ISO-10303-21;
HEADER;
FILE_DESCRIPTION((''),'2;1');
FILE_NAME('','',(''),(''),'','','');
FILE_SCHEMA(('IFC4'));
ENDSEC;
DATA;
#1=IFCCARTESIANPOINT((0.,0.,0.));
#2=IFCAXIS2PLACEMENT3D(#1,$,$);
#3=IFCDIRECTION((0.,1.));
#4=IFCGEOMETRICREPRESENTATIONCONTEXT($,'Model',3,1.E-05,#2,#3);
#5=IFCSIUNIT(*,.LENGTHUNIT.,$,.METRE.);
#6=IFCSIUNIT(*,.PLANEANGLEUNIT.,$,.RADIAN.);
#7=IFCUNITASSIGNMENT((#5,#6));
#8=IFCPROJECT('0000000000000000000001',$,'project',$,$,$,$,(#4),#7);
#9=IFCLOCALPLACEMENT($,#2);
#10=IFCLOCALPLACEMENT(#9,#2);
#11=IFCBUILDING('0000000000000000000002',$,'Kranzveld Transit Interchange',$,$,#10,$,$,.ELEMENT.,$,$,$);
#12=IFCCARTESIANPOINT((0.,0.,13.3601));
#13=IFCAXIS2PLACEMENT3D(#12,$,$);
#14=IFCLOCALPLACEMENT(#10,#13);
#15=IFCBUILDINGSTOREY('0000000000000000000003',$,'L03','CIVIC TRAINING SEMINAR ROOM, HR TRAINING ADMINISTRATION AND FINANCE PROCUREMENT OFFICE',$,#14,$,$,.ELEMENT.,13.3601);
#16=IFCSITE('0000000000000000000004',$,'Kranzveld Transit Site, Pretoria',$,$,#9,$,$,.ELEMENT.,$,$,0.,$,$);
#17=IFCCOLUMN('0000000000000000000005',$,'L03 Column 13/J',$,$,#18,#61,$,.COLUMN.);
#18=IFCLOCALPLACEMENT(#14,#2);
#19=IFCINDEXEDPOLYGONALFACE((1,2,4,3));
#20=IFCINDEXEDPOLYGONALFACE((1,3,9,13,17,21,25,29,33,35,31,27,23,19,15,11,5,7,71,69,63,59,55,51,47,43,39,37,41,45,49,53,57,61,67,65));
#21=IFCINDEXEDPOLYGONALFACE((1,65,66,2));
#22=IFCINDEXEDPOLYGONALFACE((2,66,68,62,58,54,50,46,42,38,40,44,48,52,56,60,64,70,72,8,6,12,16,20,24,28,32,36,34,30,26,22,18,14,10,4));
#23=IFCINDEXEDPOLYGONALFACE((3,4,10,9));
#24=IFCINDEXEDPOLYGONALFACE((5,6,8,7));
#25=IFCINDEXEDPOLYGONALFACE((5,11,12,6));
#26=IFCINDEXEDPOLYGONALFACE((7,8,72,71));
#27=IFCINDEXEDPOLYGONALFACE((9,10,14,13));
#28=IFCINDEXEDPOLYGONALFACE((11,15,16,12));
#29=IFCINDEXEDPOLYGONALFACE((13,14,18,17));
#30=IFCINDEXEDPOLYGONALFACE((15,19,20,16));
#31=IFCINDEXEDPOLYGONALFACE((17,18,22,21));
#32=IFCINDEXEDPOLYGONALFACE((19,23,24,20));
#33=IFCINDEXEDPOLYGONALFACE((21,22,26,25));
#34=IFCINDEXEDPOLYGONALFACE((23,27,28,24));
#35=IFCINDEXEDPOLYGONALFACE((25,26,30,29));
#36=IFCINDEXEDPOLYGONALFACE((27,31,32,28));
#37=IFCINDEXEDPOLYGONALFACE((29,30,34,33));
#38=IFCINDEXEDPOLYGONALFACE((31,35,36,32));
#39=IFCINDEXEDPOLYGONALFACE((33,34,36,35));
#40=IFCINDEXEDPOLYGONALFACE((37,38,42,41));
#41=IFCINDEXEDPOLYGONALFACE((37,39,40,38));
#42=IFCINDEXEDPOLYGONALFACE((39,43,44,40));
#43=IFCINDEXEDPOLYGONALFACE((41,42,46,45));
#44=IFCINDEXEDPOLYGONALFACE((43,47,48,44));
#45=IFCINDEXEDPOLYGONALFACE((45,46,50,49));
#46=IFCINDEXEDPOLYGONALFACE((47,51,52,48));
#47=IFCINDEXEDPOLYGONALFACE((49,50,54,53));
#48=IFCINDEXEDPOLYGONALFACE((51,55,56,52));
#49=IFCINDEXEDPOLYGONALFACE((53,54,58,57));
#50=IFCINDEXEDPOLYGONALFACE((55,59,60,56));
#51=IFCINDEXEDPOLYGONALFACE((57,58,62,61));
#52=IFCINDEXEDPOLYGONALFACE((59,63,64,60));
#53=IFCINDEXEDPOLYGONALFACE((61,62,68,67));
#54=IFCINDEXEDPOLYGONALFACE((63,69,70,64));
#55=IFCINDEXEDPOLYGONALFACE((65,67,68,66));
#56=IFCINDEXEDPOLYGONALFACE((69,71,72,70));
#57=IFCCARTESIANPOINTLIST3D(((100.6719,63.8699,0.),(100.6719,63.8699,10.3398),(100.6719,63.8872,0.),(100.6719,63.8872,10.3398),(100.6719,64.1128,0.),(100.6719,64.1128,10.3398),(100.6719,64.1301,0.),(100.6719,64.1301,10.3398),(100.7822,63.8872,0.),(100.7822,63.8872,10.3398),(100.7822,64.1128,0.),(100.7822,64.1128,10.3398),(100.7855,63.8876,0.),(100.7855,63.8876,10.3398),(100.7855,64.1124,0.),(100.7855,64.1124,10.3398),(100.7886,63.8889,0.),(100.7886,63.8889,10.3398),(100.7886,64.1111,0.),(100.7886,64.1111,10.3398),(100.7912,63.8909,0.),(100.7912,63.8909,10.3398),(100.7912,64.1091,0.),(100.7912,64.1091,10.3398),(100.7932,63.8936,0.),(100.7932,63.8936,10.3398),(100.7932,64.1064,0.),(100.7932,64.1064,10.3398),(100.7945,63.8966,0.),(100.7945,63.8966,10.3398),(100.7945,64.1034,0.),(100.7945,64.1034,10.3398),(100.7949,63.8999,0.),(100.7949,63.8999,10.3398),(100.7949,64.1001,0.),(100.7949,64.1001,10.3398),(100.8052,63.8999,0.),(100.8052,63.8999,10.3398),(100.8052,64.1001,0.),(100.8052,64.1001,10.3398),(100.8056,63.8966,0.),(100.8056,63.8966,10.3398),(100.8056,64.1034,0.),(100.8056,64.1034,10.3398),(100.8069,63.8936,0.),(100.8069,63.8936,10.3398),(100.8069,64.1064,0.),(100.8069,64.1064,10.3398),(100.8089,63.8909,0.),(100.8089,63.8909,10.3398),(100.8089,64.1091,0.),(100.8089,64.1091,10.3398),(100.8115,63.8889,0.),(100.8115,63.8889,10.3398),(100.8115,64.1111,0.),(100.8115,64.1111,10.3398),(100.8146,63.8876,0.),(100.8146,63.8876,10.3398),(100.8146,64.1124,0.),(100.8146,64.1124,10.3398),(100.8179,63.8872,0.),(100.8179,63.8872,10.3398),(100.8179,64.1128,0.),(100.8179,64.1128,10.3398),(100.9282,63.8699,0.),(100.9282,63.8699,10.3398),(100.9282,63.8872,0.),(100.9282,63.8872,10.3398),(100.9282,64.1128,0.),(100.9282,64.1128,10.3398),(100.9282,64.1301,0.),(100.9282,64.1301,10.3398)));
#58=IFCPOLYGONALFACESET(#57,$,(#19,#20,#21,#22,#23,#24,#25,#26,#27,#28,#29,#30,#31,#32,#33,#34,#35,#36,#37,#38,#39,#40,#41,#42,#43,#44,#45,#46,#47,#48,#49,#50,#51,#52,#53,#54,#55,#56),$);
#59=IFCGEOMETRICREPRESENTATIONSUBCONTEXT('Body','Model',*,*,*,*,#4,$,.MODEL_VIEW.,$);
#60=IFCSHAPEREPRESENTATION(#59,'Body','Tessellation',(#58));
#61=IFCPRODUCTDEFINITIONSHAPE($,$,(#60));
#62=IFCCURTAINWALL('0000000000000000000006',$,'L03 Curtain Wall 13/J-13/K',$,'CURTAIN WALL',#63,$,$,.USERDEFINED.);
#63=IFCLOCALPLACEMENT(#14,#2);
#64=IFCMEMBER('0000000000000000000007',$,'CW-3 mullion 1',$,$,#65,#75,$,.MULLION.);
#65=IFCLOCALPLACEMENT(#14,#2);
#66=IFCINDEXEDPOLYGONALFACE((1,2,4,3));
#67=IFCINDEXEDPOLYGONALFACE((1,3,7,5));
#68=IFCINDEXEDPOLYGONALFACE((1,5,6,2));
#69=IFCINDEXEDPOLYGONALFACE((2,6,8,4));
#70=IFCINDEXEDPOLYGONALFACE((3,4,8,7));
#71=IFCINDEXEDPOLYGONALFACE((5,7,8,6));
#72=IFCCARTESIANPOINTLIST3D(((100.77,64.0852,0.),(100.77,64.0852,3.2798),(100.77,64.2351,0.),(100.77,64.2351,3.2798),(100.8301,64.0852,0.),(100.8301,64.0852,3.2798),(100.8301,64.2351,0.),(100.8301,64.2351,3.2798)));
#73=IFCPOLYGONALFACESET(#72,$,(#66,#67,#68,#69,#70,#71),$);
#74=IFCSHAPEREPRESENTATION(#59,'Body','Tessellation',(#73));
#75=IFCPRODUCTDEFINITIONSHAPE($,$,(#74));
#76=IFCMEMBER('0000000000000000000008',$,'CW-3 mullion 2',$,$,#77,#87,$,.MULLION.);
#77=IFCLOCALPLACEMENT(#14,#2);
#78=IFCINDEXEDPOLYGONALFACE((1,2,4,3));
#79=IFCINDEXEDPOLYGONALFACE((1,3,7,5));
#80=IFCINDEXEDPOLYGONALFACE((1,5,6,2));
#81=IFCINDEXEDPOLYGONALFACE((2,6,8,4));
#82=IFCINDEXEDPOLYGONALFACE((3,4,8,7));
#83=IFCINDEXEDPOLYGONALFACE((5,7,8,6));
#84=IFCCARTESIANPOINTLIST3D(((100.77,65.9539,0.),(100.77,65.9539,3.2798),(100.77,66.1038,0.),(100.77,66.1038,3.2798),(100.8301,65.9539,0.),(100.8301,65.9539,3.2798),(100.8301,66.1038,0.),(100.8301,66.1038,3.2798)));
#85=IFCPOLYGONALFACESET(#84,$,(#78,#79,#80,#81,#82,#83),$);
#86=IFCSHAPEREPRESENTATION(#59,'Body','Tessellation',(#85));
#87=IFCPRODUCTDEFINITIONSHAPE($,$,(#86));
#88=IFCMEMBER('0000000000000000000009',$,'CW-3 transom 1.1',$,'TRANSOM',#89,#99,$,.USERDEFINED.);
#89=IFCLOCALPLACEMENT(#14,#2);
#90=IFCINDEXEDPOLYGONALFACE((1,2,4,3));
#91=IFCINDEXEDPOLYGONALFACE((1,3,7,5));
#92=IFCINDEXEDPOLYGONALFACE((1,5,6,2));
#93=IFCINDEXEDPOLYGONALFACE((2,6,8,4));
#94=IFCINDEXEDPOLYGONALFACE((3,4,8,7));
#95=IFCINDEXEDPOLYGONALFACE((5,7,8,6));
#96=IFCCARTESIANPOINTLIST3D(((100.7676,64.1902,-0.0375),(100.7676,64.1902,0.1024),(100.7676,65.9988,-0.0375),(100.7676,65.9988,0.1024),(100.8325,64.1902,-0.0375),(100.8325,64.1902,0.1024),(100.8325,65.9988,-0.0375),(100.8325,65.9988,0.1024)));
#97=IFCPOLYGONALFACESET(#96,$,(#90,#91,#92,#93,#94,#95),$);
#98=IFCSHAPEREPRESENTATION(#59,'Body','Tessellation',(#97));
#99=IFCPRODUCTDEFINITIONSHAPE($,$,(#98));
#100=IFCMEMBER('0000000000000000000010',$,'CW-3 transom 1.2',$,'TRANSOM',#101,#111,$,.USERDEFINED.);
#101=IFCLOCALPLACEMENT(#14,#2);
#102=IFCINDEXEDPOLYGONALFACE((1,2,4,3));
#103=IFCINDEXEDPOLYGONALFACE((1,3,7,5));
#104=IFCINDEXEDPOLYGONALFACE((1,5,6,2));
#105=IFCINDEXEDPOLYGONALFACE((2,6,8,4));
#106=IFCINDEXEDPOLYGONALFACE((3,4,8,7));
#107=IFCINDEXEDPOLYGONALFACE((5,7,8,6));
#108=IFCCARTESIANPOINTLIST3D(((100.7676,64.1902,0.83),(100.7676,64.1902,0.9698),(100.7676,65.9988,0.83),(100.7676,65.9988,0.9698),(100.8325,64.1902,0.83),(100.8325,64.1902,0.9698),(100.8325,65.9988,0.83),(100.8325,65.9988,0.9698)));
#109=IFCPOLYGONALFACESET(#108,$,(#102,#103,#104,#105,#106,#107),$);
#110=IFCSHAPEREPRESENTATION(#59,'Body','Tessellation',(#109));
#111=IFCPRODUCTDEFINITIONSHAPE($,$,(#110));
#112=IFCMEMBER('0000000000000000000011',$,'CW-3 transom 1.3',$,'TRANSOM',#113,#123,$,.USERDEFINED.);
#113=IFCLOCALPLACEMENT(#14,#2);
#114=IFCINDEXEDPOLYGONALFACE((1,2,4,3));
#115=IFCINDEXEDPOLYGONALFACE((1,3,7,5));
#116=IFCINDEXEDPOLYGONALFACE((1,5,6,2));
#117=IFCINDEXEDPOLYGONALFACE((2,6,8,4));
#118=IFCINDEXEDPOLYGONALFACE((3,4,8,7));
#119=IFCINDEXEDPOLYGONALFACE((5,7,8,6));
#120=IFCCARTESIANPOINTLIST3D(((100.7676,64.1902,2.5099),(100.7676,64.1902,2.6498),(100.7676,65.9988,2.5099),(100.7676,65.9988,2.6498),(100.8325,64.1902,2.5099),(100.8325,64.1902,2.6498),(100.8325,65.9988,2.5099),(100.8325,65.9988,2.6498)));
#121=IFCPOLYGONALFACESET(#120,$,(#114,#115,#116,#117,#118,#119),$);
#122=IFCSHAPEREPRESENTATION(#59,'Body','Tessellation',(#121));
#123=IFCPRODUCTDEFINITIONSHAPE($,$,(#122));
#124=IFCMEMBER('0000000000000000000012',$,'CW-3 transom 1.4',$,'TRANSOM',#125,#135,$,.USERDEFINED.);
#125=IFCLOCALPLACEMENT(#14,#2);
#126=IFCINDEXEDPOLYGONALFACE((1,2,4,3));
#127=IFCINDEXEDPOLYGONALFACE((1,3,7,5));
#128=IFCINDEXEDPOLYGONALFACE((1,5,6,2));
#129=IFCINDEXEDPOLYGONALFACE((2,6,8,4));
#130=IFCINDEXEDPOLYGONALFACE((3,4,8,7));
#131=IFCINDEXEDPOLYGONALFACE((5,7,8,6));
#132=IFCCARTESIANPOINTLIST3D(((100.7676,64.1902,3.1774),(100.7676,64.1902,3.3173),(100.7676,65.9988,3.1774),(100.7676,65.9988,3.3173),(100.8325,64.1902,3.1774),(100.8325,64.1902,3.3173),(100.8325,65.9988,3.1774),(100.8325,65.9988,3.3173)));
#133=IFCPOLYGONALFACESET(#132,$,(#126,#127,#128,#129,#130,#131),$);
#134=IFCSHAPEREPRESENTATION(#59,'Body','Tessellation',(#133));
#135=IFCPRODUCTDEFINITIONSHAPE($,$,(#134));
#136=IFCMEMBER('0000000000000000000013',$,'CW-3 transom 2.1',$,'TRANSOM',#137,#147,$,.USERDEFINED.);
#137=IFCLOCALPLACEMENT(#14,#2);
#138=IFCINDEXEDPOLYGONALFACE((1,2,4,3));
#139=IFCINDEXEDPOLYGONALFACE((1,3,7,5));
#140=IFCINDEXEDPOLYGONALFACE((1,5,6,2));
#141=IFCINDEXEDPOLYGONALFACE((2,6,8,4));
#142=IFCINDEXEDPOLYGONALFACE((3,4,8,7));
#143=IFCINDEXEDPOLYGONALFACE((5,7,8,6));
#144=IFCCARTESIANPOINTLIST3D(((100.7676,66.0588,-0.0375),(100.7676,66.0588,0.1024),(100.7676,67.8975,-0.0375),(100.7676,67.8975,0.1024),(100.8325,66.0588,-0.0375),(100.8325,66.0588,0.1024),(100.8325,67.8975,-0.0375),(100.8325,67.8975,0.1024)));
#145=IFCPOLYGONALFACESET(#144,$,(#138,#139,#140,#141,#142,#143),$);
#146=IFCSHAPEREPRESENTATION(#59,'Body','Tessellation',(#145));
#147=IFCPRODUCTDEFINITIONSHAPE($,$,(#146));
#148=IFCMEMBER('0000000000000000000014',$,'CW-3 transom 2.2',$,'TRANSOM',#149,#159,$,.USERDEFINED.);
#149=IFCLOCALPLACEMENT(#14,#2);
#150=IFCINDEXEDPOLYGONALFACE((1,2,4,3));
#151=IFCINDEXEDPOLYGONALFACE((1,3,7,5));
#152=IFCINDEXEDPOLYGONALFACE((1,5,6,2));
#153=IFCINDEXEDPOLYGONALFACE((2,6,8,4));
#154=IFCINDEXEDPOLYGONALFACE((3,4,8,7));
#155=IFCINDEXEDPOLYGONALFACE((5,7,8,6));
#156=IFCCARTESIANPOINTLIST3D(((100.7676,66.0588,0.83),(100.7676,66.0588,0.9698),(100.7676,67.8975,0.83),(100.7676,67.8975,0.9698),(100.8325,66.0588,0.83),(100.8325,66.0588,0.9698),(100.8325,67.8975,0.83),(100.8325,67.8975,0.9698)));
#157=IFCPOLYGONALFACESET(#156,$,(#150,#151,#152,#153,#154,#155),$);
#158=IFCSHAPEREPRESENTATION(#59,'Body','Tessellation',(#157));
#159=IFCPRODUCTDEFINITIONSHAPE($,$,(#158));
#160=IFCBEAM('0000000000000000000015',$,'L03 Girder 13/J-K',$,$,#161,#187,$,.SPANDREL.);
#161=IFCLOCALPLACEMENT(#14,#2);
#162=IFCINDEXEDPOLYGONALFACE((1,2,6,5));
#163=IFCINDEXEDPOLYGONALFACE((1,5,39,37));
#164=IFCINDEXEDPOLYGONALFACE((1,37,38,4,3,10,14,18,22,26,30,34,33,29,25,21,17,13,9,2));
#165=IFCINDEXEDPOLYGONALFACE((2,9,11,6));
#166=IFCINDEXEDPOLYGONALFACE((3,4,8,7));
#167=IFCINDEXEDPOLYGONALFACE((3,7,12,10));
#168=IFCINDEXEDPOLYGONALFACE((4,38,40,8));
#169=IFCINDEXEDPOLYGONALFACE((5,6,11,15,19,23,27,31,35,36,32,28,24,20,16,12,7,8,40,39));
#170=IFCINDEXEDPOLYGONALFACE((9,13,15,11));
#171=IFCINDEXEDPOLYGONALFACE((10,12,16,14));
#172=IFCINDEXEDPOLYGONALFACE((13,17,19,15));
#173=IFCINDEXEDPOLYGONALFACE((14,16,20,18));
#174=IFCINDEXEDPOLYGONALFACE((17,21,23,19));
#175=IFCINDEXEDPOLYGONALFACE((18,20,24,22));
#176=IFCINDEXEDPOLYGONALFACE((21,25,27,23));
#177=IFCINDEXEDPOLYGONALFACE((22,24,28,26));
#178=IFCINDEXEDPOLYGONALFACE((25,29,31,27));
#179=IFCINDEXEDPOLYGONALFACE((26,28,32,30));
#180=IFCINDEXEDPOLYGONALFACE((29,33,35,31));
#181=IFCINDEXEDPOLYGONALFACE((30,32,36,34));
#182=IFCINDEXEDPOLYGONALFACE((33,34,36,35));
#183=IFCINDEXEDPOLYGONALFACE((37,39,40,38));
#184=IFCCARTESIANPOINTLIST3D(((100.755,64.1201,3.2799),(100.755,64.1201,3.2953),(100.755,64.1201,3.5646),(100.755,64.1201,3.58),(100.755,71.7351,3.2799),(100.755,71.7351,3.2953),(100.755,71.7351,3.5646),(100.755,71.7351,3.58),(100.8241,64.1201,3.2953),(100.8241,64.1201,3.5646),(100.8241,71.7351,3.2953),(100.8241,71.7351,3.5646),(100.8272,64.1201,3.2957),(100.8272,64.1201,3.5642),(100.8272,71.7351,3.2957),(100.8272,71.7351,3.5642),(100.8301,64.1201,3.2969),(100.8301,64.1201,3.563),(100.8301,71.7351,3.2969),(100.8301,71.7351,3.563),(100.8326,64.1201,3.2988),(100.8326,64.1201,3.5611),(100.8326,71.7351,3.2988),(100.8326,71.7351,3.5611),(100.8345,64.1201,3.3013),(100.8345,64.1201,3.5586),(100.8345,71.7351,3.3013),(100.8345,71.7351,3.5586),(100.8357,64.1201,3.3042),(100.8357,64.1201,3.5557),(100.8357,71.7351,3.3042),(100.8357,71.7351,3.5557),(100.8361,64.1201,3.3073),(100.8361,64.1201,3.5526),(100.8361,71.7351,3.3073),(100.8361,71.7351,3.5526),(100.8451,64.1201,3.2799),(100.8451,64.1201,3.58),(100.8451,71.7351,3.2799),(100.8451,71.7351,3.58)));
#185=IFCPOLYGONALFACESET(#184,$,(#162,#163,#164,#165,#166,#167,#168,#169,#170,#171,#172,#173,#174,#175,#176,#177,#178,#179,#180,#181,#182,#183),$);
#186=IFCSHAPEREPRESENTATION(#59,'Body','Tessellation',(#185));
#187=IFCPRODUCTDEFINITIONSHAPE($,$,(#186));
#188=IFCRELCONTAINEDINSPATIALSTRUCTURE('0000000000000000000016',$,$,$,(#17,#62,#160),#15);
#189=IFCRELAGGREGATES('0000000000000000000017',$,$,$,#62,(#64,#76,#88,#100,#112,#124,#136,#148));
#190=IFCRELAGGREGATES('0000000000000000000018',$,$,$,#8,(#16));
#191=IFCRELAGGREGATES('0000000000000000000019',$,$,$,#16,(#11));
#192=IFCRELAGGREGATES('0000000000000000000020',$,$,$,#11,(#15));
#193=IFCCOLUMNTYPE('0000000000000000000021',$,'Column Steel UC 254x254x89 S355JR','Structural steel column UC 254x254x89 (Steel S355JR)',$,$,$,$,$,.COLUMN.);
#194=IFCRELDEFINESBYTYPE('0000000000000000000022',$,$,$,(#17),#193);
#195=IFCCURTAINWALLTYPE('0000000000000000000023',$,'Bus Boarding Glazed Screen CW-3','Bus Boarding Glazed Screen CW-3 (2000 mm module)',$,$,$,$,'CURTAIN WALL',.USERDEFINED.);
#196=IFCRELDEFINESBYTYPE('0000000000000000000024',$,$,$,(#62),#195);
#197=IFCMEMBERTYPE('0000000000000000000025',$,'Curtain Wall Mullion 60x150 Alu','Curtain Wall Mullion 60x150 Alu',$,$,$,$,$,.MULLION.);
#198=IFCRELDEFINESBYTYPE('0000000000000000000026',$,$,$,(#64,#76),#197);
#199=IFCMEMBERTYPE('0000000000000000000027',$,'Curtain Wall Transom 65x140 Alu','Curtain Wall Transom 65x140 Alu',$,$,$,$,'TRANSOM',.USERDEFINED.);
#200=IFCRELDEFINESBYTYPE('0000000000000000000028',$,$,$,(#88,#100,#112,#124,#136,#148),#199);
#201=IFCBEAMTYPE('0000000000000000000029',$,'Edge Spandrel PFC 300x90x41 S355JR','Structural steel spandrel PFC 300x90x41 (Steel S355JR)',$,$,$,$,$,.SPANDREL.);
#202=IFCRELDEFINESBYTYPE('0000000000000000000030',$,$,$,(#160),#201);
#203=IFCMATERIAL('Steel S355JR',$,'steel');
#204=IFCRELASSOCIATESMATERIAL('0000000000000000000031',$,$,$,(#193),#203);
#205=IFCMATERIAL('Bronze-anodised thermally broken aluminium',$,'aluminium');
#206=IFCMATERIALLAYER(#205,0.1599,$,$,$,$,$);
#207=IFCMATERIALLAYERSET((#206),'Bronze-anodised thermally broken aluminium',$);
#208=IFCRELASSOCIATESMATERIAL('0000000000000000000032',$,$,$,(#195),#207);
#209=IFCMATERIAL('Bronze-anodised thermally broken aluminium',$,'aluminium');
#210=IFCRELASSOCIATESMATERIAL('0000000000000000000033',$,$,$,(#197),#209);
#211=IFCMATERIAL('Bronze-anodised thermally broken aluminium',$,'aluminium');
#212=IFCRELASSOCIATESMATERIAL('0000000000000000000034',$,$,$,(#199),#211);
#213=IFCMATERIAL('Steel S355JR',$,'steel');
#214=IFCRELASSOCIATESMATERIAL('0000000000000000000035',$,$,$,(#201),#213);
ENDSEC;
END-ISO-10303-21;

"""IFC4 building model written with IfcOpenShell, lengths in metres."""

from ifc_helpers import new_model, si_unit, direction, frame, origin, origin_2d, place, context, subcontext, project, spatial, rectangle, i_section, u_section, extrude, material, layer, layer_set, material_profile, profile_set, type_object, element, aggregate, save


model = new_model("IFC4")

# Units and contexts
model_context = context("Model", 3, precision=1e-05, world=origin(), true_north=direction((0.0, 1.0)))
body_context = subcontext(model_context, "Body", "Model", "MODEL_VIEW")
ifc_project = project(units=[si_unit("LENGTHUNIT", "METRE"), si_unit("PLANEANGLEUNIT", "RADIAN")], contexts=[model_context])

# Site, building, storey
site_placement = place(None, origin())
site = spatial("IfcSite", under=ifc_project, at=site_placement, Name="Kranzveld Transit Site, Pretoria", CompositionType="ELEMENT", RefElevation=0.0)
building_placement = place(site_placement, origin())
building = spatial("IfcBuilding", under=site, at=building_placement, Name="Kranzveld Transit Interchange", CompositionType="ELEMENT")
storey_placement = place(building_placement, frame((0.0, 0.0, 13.3601)))
storey = spatial("IfcBuildingStorey", under=building, at=storey_placement, Name="L03", Description="CIVIC TRAINING SEMINAR ROOM, HR TRAINING ADMINISTRATION AND FINANCE PROCUREMENT OFFICE", CompositionType="ELEMENT", Elevation=13.3601)

# Column
ifc_material_1 = material(Name="Steel S355JR", Category="steel")
ifc_material_profile_1 = material_profile(ifc_material_1, i_section(OverallWidth=0.2563, OverallDepth=0.2603, WebThickness=0.0103, FlangeThickness=0.0173, FilletRadius=0.0127, at=origin_2d()), Name="UC 254x254x89")
ifc_profile_set_1 = profile_set([ifc_material_profile_1], Name="Steel S355JR")
column_type = type_object("IfcColumnType", Name="Column Steel UC 254x254x89 S355JR", Description="Structural steel column UC 254x254x89 (Steel S355JR)", PredefinedType="COLUMN", material=ifc_profile_set_1)
column_placement = place(storey_placement, frame((100.8, 64.0, 0.0), z_axis=(0.0, 0.0, 1.0), x_axis=(1.0, 0.0, 0.0)))
element("IfcColumn", 1, at=column_placement, inside=storey, type_object=column_type, Name="L03 Column 13/J", PredefinedType="COLUMN", context=body_context, shape_type="SweptSolid", body=[
    extrude(i_section(OverallWidth=0.2563, OverallDepth=0.2603, WebThickness=0.0103, FlangeThickness=0.0173, FilletRadius=0.0127, at=origin_2d()), origin(), (0.0, 0.0, 1.0), 10.3398),
])

# Curtain wall, members
ifc_material_2 = material(Name="Bronze-anodised thermally broken aluminium", Category="aluminium")
ifc_layer_1 = layer(ifc_material_2, 0.1599)
ifc_layer_set_1 = layer_set([ifc_layer_1], Name="Bronze-anodised thermally broken aluminium")
curtain_wall_type = type_object("IfcCurtainWallType", Name="Bus Boarding Glazed Screen CW-3", Description="Bus Boarding Glazed Screen CW-3 (2000 mm module)", ElementType="CURTAIN WALL", PredefinedType="USERDEFINED", material=ifc_layer_set_1)
curtain_wall_placement = place(storey_placement, origin())
curtain_wall = element("IfcCurtainWall", 2, at=curtain_wall_placement, inside=storey, type_object=curtain_wall_type, Name="L03 Curtain Wall 13/J-13/K", ObjectType="CURTAIN WALL", PredefinedType="USERDEFINED")
ifc_material_3 = material(Name="Bronze-anodised thermally broken aluminium", Category="aluminium")
ifc_material_profile_2 = material_profile(ifc_material_3, rectangle(XDim=0.0601, YDim=0.1499, at=origin_2d()), Name="ALU MULLION 60x150")
ifc_profile_set_2 = profile_set([ifc_material_profile_2], Name="Bronze-anodised thermally broken aluminium")
member_type_1 = type_object("IfcMemberType", Name="Curtain Wall Mullion 60x150 Alu", Description="Curtain Wall Mullion 60x150 Alu", PredefinedType="MULLION", material=ifc_profile_set_2)
member_1_placement = place(storey_placement, frame((100.8, 64.1602, 0.0), z_axis=(0.0, 0.0, 1.0), x_axis=(-1.0, 0.0, 0.0)))
member_1 = element("IfcMember", 3, at=member_1_placement, type_object=member_type_1, Name="CW-3 mullion 1", PredefinedType="MULLION", context=body_context, shape_type="SweptSolid", body=[
    extrude(rectangle(XDim=0.0601, YDim=0.1499, at=origin_2d()), origin(), (0.0, 0.0, 1.0), 3.2798),
])
member_2_placement = place(storey_placement, frame((100.8, 66.0288, 0.0), z_axis=(0.0, 0.0, 1.0), x_axis=(-1.0, 0.0, 0.0)))
member_2 = element("IfcMember", 4, at=member_2_placement, type_object=member_type_1, Name="CW-3 mullion 2", PredefinedType="MULLION", context=body_context, shape_type="SweptSolid", body=[
    extrude(rectangle(XDim=0.0601, YDim=0.1499, at=origin_2d()), origin(), (0.0, 0.0, 1.0), 3.2798),
])
ifc_material_4 = material(Name="Bronze-anodised thermally broken aluminium", Category="aluminium")
ifc_material_profile_3 = material_profile(ifc_material_4, rectangle(XDim=0.0649, YDim=0.1399, at=origin_2d()), Name="ALU TRANSOM 65x140")
ifc_profile_set_3 = profile_set([ifc_material_profile_3], Name="Bronze-anodised thermally broken aluminium")
member_type_2 = type_object("IfcMemberType", Name="Curtain Wall Transom 65x140 Alu", Description="Curtain Wall Transom 65x140 Alu", ElementType="TRANSOM", PredefinedType="USERDEFINED", material=ifc_profile_set_3)
member_3_placement = place(storey_placement, frame((100.8, 64.1902, 0.0325), z_axis=(0.0, 1.0, 0.0), x_axis=(-1.0, 0.0, 0.0)))
member_3 = element("IfcMember", 5, at=member_3_placement, type_object=member_type_2, Name="CW-3 transom 1.1", ObjectType="TRANSOM", PredefinedType="USERDEFINED", context=body_context, shape_type="SweptSolid", body=[
    extrude(rectangle(XDim=0.0649, YDim=0.1399, at=origin_2d()), origin(), (0.0, 0.0, 1.0), 1.8086),
])
member_4_placement = place(storey_placement, frame((100.8, 64.1902, 0.8999), z_axis=(0.0, 1.0, 0.0), x_axis=(-1.0, 0.0, 0.0)))
member_4 = element("IfcMember", 6, at=member_4_placement, type_object=member_type_2, Name="CW-3 transom 1.2", ObjectType="TRANSOM", PredefinedType="USERDEFINED", context=body_context, shape_type="SweptSolid", body=[
    extrude(rectangle(XDim=0.0649, YDim=0.1399, at=origin_2d()), origin(), (0.0, 0.0, 1.0), 1.8086),
])
member_5_placement = place(storey_placement, frame((100.8, 64.1902, 2.5798), z_axis=(0.0, 1.0, 0.0), x_axis=(-1.0, 0.0, 0.0)))
member_5 = element("IfcMember", 7, at=member_5_placement, type_object=member_type_2, Name="CW-3 transom 1.3", ObjectType="TRANSOM", PredefinedType="USERDEFINED", context=body_context, shape_type="SweptSolid", body=[
    extrude(rectangle(XDim=0.0649, YDim=0.1399, at=origin_2d()), origin(), (0.0, 0.0, 1.0), 1.8086),
])
member_6_placement = place(storey_placement, frame((100.8, 64.1902, 3.2473), z_axis=(0.0, 1.0, 0.0), x_axis=(-1.0, 0.0, 0.0)))
member_6 = element("IfcMember", 8, at=member_6_placement, type_object=member_type_2, Name="CW-3 transom 1.4", ObjectType="TRANSOM", PredefinedType="USERDEFINED", context=body_context, shape_type="SweptSolid", body=[
    extrude(rectangle(XDim=0.0649, YDim=0.1399, at=origin_2d()), origin(), (0.0, 0.0, 1.0), 1.8086),
])
member_7_placement = place(storey_placement, frame((100.8, 66.0588, 0.0325), z_axis=(0.0, 1.0, 0.0), x_axis=(-1.0, 0.0, 0.0)))
member_7 = element("IfcMember", 9, at=member_7_placement, type_object=member_type_2, Name="CW-3 transom 2.1", ObjectType="TRANSOM", PredefinedType="USERDEFINED", context=body_context, shape_type="SweptSolid", body=[
    extrude(rectangle(XDim=0.0649, YDim=0.1399, at=origin_2d()), origin(), (0.0, 0.0, 1.0), 1.8386),
])
member_8_placement = place(storey_placement, frame((100.8, 66.0588, 0.8999), z_axis=(0.0, 1.0, 0.0), x_axis=(-1.0, 0.0, 0.0)))
member_8 = element("IfcMember", 10, at=member_8_placement, type_object=member_type_2, Name="CW-3 transom 2.2", ObjectType="TRANSOM", PredefinedType="USERDEFINED", context=body_context, shape_type="SweptSolid", body=[
    extrude(rectangle(XDim=0.0649, YDim=0.1399, at=origin_2d()), origin(), (0.0, 0.0, 1.0), 1.8386),
])

# Beam
ifc_material_5 = material(Name="Steel S355JR", Category="steel")
ifc_material_profile_4 = material_profile(ifc_material_5, u_section(Depth=0.3, FlangeWidth=0.0901, WebThickness=0.009, FlangeThickness=0.0154, FilletRadius=0.012, at=origin_2d()), Name="PFC 300x90x41")
ifc_profile_set_4 = profile_set([ifc_material_profile_4], Name="Steel S355JR")
beam_type = type_object("IfcBeamType", Name="Edge Spandrel PFC 300x90x41 S355JR", Description="Structural steel spandrel PFC 300x90x41 (Steel S355JR)", PredefinedType="SPANDREL", material=ifc_profile_set_4)
beam_placement = place(storey_placement, frame((100.8, 64.1201, 3.4299), z_axis=(0.0, 1.0, 0.0), x_axis=(-1.0, 0.0, 0.0)))
element("IfcBeam", 11, at=beam_placement, inside=storey, type_object=beam_type, Name="L03 Girder 13/J-K", PredefinedType="SPANDREL", context=body_context, shape_type="SweptSolid", body=[
    extrude(u_section(Depth=0.3, FlangeWidth=0.0901, WebThickness=0.009, FlangeThickness=0.0154, FilletRadius=0.012, at=origin_2d()), origin(), (0.0, 0.0, 1.0), 7.615),
])

aggregate(curtain_wall, [member_1, member_2, member_3, member_4, member_5, member_6, member_7, member_8])

save(model, "model.ifc")
